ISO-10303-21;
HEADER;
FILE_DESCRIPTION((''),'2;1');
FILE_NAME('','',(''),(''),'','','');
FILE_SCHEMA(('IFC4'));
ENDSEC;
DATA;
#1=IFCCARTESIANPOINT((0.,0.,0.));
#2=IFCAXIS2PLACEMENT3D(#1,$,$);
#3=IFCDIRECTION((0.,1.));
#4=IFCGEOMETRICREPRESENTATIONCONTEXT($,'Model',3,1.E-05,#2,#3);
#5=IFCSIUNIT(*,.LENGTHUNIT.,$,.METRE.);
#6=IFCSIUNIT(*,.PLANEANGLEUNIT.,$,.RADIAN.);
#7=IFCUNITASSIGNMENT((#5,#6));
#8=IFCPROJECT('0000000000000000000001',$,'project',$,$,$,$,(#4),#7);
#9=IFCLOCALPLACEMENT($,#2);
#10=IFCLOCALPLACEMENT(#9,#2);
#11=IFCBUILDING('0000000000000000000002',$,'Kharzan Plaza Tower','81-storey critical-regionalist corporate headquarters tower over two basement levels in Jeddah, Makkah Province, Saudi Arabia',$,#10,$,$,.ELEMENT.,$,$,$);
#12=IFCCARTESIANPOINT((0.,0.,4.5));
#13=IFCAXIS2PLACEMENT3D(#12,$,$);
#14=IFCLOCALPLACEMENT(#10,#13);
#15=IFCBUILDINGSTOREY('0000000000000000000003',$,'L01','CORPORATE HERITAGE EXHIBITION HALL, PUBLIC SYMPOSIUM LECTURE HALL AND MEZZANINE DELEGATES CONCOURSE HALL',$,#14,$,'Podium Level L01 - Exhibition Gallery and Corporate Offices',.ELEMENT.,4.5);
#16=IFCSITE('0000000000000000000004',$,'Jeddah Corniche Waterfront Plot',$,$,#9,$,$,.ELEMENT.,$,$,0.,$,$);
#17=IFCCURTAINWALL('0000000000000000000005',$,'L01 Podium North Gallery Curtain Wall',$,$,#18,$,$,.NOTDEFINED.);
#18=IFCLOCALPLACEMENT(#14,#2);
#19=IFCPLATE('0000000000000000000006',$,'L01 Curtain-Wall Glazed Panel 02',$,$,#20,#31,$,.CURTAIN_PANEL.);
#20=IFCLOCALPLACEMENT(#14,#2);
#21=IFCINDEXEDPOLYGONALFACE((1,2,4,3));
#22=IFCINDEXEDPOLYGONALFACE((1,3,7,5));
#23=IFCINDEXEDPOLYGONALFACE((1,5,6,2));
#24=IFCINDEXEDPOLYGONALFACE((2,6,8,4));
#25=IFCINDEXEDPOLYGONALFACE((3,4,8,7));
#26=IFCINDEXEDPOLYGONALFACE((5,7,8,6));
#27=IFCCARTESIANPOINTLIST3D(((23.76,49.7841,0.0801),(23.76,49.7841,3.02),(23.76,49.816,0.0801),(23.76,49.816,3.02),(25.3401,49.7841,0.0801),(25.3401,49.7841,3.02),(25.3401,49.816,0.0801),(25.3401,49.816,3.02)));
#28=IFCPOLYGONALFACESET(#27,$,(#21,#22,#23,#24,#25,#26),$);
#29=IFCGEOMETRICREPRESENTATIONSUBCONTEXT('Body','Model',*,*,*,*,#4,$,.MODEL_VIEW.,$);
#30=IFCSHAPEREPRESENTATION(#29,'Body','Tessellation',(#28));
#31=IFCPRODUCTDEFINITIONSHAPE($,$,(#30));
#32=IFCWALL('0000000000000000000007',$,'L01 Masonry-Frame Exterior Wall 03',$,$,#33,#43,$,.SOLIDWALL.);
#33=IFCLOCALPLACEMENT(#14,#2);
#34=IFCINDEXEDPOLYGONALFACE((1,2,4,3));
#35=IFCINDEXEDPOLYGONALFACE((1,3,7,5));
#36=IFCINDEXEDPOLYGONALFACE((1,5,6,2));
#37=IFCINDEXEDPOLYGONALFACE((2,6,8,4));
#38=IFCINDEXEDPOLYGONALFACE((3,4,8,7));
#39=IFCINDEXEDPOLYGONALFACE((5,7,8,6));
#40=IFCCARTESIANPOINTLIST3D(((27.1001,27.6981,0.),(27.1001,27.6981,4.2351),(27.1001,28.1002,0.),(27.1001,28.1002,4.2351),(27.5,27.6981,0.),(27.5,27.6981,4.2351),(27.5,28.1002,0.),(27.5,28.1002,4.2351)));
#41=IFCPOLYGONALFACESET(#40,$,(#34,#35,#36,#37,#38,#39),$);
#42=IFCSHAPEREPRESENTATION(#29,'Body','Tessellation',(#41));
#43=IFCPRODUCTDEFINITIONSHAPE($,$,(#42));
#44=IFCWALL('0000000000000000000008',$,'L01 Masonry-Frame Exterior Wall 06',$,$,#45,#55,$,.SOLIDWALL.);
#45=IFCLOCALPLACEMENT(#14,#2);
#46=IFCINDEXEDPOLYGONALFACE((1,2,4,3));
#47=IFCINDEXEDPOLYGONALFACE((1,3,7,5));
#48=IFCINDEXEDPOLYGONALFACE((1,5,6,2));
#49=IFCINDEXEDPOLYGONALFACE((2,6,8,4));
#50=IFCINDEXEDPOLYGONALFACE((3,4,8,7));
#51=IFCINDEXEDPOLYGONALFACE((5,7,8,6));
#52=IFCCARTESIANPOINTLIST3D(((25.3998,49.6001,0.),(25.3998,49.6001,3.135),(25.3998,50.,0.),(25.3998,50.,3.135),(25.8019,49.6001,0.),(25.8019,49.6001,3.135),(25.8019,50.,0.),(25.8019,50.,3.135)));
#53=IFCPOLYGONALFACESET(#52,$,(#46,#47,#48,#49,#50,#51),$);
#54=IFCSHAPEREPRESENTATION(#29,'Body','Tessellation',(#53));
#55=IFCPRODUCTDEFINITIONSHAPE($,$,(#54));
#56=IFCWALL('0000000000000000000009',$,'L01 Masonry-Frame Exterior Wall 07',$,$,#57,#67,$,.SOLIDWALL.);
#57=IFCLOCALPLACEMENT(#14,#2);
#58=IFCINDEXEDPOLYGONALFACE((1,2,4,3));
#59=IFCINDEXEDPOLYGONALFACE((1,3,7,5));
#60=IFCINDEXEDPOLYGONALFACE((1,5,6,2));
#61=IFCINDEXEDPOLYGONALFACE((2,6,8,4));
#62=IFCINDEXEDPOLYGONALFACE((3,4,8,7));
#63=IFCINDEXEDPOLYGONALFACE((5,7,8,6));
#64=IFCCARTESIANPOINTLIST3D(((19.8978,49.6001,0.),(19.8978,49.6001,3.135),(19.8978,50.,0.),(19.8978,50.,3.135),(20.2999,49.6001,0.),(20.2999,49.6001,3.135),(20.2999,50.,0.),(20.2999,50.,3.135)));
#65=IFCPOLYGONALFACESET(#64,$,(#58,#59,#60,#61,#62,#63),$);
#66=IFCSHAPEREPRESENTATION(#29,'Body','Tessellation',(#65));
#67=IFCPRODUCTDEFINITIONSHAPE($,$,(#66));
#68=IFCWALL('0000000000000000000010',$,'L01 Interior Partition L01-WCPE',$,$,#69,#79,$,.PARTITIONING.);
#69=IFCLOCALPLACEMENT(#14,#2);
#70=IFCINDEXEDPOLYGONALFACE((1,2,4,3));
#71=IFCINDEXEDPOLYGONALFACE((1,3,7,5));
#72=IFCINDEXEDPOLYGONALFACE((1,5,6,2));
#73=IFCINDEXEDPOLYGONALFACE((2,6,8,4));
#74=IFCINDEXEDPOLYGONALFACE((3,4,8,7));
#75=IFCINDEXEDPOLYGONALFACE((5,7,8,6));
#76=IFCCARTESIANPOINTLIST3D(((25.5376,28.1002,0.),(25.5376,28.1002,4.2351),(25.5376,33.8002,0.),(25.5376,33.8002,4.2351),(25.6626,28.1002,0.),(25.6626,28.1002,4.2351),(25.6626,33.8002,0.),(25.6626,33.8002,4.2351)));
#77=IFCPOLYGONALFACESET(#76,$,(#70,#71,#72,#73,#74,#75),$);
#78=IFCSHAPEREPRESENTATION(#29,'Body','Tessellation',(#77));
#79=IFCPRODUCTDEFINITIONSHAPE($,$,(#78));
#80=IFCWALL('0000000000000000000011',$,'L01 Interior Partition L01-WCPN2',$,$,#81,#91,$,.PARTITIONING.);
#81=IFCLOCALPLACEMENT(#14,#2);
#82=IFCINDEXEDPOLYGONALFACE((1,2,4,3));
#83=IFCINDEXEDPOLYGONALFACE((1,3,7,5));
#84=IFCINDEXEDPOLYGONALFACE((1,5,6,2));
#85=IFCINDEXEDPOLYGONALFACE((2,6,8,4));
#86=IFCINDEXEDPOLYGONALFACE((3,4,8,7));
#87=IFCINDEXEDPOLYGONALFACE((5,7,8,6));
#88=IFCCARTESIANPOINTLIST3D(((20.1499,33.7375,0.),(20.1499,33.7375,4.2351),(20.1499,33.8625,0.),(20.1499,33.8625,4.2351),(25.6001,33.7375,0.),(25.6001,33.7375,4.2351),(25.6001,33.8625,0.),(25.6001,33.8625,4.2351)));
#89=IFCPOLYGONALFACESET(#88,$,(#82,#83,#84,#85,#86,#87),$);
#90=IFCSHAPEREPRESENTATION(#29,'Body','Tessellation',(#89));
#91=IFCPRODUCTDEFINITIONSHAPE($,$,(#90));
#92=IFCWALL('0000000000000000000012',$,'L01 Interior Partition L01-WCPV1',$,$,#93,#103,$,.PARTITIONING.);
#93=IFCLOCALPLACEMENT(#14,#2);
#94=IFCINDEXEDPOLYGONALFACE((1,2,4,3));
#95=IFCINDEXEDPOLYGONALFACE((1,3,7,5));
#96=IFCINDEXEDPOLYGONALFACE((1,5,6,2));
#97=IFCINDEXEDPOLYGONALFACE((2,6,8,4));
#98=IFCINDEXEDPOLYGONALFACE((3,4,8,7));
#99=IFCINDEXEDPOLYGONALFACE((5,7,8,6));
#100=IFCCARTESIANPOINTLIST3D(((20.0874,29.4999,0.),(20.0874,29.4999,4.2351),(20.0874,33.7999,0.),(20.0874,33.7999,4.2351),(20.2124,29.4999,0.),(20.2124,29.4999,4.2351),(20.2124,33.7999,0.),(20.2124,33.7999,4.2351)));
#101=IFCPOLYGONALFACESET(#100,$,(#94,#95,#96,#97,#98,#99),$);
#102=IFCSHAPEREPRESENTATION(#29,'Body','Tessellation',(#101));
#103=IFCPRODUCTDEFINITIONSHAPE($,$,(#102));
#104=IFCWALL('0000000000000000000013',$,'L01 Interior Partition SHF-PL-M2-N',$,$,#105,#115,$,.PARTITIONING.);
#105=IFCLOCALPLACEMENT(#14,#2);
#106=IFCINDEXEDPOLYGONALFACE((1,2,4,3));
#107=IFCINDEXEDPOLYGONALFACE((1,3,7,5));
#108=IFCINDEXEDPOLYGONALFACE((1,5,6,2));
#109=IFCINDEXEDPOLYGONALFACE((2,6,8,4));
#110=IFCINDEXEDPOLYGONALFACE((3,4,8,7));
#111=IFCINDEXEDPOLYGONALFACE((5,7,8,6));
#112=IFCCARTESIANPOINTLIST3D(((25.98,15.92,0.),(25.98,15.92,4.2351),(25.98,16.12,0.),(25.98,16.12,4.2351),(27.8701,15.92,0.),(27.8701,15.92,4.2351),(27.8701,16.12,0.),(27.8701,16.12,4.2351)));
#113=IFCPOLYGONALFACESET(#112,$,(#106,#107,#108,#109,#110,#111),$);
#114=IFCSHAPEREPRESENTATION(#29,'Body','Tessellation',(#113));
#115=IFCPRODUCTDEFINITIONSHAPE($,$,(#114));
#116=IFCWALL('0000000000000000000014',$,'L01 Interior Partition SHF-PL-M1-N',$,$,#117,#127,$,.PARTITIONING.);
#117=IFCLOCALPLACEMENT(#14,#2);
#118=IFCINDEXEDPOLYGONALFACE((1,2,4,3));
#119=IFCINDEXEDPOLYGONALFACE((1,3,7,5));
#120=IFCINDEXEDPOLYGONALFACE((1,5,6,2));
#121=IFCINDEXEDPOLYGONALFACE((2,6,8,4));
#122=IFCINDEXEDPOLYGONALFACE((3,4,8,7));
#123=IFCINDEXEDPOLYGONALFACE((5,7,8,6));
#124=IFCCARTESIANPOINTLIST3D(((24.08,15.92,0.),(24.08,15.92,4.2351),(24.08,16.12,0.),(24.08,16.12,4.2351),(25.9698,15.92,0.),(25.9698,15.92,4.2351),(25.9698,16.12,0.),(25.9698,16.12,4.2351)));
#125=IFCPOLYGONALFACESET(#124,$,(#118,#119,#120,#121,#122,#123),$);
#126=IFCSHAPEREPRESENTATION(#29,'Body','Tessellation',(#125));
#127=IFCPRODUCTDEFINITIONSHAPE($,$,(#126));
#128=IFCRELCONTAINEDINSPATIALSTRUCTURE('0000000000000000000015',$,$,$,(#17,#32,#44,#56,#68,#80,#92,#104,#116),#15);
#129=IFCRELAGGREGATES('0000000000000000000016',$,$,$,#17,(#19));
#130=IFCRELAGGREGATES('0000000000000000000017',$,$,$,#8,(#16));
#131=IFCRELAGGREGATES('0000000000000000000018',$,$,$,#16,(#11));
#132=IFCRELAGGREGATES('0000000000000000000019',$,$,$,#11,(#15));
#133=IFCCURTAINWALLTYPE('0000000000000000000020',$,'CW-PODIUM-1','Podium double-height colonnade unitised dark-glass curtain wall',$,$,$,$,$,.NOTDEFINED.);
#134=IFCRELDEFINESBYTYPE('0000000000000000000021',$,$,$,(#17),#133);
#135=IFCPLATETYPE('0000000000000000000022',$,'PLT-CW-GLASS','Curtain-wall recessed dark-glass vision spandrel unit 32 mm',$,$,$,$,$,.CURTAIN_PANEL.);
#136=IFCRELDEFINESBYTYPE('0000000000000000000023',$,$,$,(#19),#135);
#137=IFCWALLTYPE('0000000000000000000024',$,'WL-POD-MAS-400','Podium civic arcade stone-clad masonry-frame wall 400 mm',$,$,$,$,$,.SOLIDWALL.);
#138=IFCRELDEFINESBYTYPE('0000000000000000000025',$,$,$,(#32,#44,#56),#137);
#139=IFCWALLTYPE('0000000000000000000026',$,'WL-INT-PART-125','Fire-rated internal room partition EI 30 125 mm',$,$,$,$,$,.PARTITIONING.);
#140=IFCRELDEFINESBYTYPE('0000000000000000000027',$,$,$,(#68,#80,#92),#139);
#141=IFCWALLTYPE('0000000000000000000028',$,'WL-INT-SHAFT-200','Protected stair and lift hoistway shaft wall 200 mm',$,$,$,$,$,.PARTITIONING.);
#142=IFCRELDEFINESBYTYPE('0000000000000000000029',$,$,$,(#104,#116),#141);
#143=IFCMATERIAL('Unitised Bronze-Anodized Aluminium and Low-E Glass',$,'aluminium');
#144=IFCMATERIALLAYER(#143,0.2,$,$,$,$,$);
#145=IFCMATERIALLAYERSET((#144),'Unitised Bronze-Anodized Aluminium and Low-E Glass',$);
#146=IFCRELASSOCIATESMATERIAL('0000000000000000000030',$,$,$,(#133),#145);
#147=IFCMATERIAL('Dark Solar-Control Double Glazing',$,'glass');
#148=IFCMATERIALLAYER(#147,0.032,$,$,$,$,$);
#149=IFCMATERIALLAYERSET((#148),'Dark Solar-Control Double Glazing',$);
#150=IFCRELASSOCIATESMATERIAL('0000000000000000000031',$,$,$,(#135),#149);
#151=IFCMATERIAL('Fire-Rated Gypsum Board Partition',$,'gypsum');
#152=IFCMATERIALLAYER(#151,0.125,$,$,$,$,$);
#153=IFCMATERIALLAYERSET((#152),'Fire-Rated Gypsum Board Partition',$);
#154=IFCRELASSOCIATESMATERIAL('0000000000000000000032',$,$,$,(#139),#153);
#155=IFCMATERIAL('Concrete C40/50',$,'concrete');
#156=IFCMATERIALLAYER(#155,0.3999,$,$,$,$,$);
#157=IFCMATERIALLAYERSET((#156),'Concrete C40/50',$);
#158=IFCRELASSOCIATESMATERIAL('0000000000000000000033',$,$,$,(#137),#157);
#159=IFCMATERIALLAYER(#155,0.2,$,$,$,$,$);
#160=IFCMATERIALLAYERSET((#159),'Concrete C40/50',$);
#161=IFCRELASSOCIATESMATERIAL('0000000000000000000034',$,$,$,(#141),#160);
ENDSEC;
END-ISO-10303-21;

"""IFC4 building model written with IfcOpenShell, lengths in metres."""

from ifc_helpers import new_model, si_unit, direction, frame, frame_2d, origin, origin_2d, place, context, subcontext, project, spatial, rectangle, extrude, source, transform, mapped, material, layer, layer_set, type_object, element, aggregate, save


model = new_model("IFC4")

# Units and contexts
model_context = context("Model", 3, precision=1e-05, world=origin(), true_north=direction((0.0, 1.0)))
body_context = subcontext(model_context, "Body", "Model", "MODEL_VIEW")
ifc_project = project(units=[si_unit("LENGTHUNIT", "METRE"), si_unit("PLANEANGLEUNIT", "RADIAN")], contexts=[model_context])

# Site, building, storey
site_placement = place(None, origin())
site = spatial("IfcSite", under=ifc_project, at=site_placement, Name="Jeddah Corniche Waterfront Plot", CompositionType="ELEMENT", RefElevation=0.0)
building_placement = place(site_placement, origin())
building = spatial("IfcBuilding", under=site, at=building_placement, Name="Kharzan Plaza Tower", Description="81-storey critical-regionalist corporate headquarters tower over two basement levels in Jeddah, Makkah Province, Saudi Arabia", CompositionType="ELEMENT")
storey_placement = place(building_placement, frame((0.0, 0.0, 4.5)))
storey = spatial("IfcBuildingStorey", under=building, at=storey_placement, Name="L01", Description="CORPORATE HERITAGE EXHIBITION HALL, PUBLIC SYMPOSIUM LECTURE HALL AND MEZZANINE DELEGATES CONCOURSE HALL", LongName="Podium Level L01 - Exhibition Gallery and Corporate Offices", CompositionType="ELEMENT", Elevation=4.5)

# Shared definitions
ifc_material_1 = material(Name="Unitised Bronze-Anodized Aluminium and Low-E Glass", Category="aluminium")

# Curtain wall
ifc_layer_1 = layer(ifc_material_1, 0.2)
ifc_layer_set_1 = layer_set([ifc_layer_1], Name="Unitised Bronze-Anodized Aluminium and Low-E Glass")
curtain_wall_type_1 = type_object("IfcCurtainWallType", Name="CW-PODIUM-1", Description="Podium double-height colonnade unitised dark-glass curtain wall", PredefinedType="NOTDEFINED", material=ifc_layer_set_1)
curtain_wall_1_placement = place(storey_placement, origin())
curtain_wall_1 = element("IfcCurtainWall", 1, at=curtain_wall_1_placement, inside=storey, type_object=curtain_wall_type_1, Name="L01 Podium North Gallery Curtain Wall", PredefinedType="NOTDEFINED")

# Plate
ifc_material_2 = material(Name="Dark Solar-Control Double Glazing", Category="glass")
ifc_layer_2 = layer(ifc_material_2, 0.032)
ifc_layer_set_2 = layer_set([ifc_layer_2], Name="Dark Solar-Control Double Glazing")
plate_type = type_object("IfcPlateType", Name="PLT-CW-GLASS", Description="Curtain-wall recessed dark-glass vision spandrel unit 32 mm", PredefinedType="CURTAIN_PANEL", material=ifc_layer_set_2)
shared_shape_1 = source(origin(), body_context, "Body", "SweptSolid", [
    extrude(rectangle(XDim=1.5801, YDim=0.032, at=origin_2d()), origin(), (0.0, 0.0, 1.0), 2.9399),
])
plate_1_placement = place(storey_placement, frame((24.55, 49.8, 0.0801), z_axis=(0.0, 0.0, 1.0), x_axis=(1.0, 0.0, 0.0)))
plate_1 = element("IfcPlate", 2, at=plate_1_placement, type_object=plate_type, Name="L01 Curtain-Wall Glazed Panel 02", PredefinedType="CURTAIN_PANEL", context=body_context, shape_type="MappedRepresentation", body=[
    mapped(shared_shape_1, transform((0.0, 0.0, 0.0), x_axis=(1.0, 0.0, 0.0), y_axis=(0.0, 1.0, 0.0), z_axis=(0.0, 0.0, 1.0))),
])
aggregate(curtain_wall_1, [plate_1])

# Shared definitions
ifc_material_3 = material(Name="Fire-Rated Gypsum Board Partition", Category="gypsum")
ifc_layer_3 = layer(ifc_material_3, 0.125)
ifc_layer_set_3 = layer_set([ifc_layer_3], Name="Fire-Rated Gypsum Board Partition")
wall_type_1 = type_object("IfcWallType", Name="WL-INT-PART-125", Description="Fire-rated internal room partition EI 30 125 mm", PredefinedType="PARTITIONING", material=ifc_layer_set_3)

# Walls
ifc_material_4 = material(Name="Concrete C40/50", Category="concrete")
ifc_layer_4 = layer(ifc_material_4, 0.3999)
ifc_layer_set_4 = layer_set([ifc_layer_4], Name="Concrete C40/50")
wall_type_2 = type_object("IfcWallType", Name="WL-POD-MAS-400", Description="Podium civic arcade stone-clad masonry-frame wall 400 mm", PredefinedType="SOLIDWALL", material=ifc_layer_set_4)
shared_shape_2 = source(origin(), body_context, "Body", "SweptSolid", [
    extrude(rectangle(XDim=0.4021, YDim=0.3999, at=frame_2d((0.2012, 0.0))), origin(), (0.0, 0.0, 1.0), 4.2351),
])
wall_1_placement = place(storey_placement, frame((27.3, 27.698, 0.0), z_axis=(0.0, 0.0, 1.0), x_axis=(0.0, 1.0, 0.0)))
element("IfcWall", 3, at=wall_1_placement, inside=storey, type_object=wall_type_2, Name="L01 Masonry-Frame Exterior Wall 03", PredefinedType="SOLIDWALL", context=body_context, shape_type="MappedRepresentation", body=[
    mapped(shared_shape_2, transform((0.0, 0.0, 0.0), x_axis=(1.0, 0.0, 0.0), y_axis=(0.0, 1.0, 0.0), z_axis=(0.0, 0.0, 1.0))),
])
shared_shape_3 = source(origin(), body_context, "Body", "SweptSolid", [
    extrude(rectangle(XDim=0.4021, YDim=0.3999, at=frame_2d((0.2012, 0.0))), origin(), (0.0, 0.0, 1.0), 3.135),
])
for number, where, z_axis, x_axis, name in (
    (4, (25.802, 49.8, 0.0), (0.0, 0.0, 1.0), (-1.0, 0.0, 0.0), "L01 Masonry-Frame Exterior Wall 06"),
    (5, (20.3, 49.8, 0.0), (0.0, 0.0, 1.0), (-1.0, 0.0, 0.0), "L01 Masonry-Frame Exterior Wall 07"),
):
    element("IfcWall", number, at=place(storey_placement, frame(where, z_axis=z_axis, x_axis=x_axis)), inside=storey, type_object=wall_type_2, Name=name, PredefinedType="SOLIDWALL", context=body_context, shape_type="MappedRepresentation", body=[
        mapped(shared_shape_3, transform((0.0, 0.0, 0.0), x_axis=(1.0, 0.0, 0.0), y_axis=(0.0, 1.0, 0.0), z_axis=(0.0, 0.0, 1.0))),
    ])
shared_shape_4 = source(origin(), body_context, "Body", "SweptSolid", [
    extrude(rectangle(XDim=5.7, YDim=0.125, at=frame_2d((2.8501, 0.0))), origin(), (0.0, 0.0, 1.0), 4.2351),
])
wall_2_placement = place(storey_placement, frame((25.6001, 28.1001, 0.0), z_axis=(0.0, 0.0, 1.0), x_axis=(0.0, 1.0, 0.0)))
element("IfcWall", 6, at=wall_2_placement, inside=storey, type_object=wall_type_1, Name="L01 Interior Partition L01-WCPE", PredefinedType="PARTITIONING", context=body_context, shape_type="MappedRepresentation", body=[
    mapped(shared_shape_4, transform((0.0, 0.0, 0.0), x_axis=(1.0, 0.0, 0.0), y_axis=(0.0, 1.0, 0.0), z_axis=(0.0, 0.0, 1.0))),
])
shared_shape_5 = source(origin(), body_context, "Body", "SweptSolid", [
    extrude(rectangle(XDim=5.4502, YDim=0.125, at=frame_2d((2.7251, 0.0))), origin(), (0.0, 0.0, 1.0), 4.2351),
])
wall_3_placement = place(storey_placement, frame((20.1499, 33.8, 0.0), z_axis=(0.0, 0.0, 1.0), x_axis=(1.0, 0.0, 0.0)))
element("IfcWall", 7, at=wall_3_placement, inside=storey, type_object=wall_type_1, Name="L01 Interior Partition L01-WCPN2", PredefinedType="PARTITIONING", context=body_context, shape_type="MappedRepresentation", body=[
    mapped(shared_shape_5, transform((0.0, 0.0, 0.0), x_axis=(1.0, 0.0, 0.0), y_axis=(0.0, 1.0, 0.0), z_axis=(0.0, 0.0, 1.0))),
])
shared_shape_6 = source(origin(), body_context, "Body", "SweptSolid", [
    extrude(rectangle(XDim=4.3, YDim=0.125, at=frame_2d((2.1499, 0.0))), origin(), (0.0, 0.0, 1.0), 4.2351),
])
wall_4_placement = place(storey_placement, frame((20.1499, 29.5, 0.0), z_axis=(0.0, 0.0, 1.0), x_axis=(0.0, 1.0, 0.0)))
element("IfcWall", 8, at=wall_4_placement, inside=storey, type_object=wall_type_1, Name="L01 Interior Partition L01-WCPV1", PredefinedType="PARTITIONING", context=body_context, shape_type="MappedRepresentation", body=[
    mapped(shared_shape_6, transform((0.0, 0.0, 0.0), x_axis=(1.0, 0.0, 0.0), y_axis=(0.0, 1.0, 0.0), z_axis=(0.0, 0.0, 1.0))),
])
ifc_layer_5 = layer(ifc_material_4, 0.2)
ifc_layer_set_5 = layer_set([ifc_layer_5], Name="Concrete C40/50")
wall_type_3 = type_object("IfcWallType", Name="WL-INT-SHAFT-200", Description="Protected stair and lift hoistway shaft wall 200 mm", PredefinedType="PARTITIONING", material=ifc_layer_set_5)
shared_shape_7 = source(origin(), body_context, "Body", "SweptSolid", [
    extrude(rectangle(XDim=1.8901, YDim=0.2, at=frame_2d((0.9451, 0.0))), origin(), (0.0, 0.0, 1.0), 4.2351),
])
wall_5_placement = place(storey_placement, frame((25.98, 16.02, 0.0), z_axis=(0.0, 0.0, 1.0), x_axis=(1.0, 0.0, 0.0)))
element("IfcWall", 9, at=wall_5_placement, inside=storey, type_object=wall_type_3, Name="L01 Interior Partition SHF-PL-M2-N", PredefinedType="PARTITIONING", context=body_context, shape_type="MappedRepresentation", body=[
    mapped(shared_shape_7, transform((0.0, 0.0, 0.0), x_axis=(1.0, 0.0, 0.0), y_axis=(0.0, 1.0, 0.0), z_axis=(0.0, 0.0, 1.0))),
])
shared_shape_8 = source(origin(), body_context, "Body", "SweptSolid", [
    extrude(rectangle(XDim=1.8899, YDim=0.2, at=frame_2d((0.9448, 0.0))), origin(), (0.0, 0.0, 1.0), 4.2351),
])
wall_6_placement = place(storey_placement, frame((24.0801, 16.02, 0.0), z_axis=(0.0, 0.0, 1.0), x_axis=(1.0, 0.0, 0.0)))
element("IfcWall", 10, at=wall_6_placement, inside=storey, type_object=wall_type_3, Name="L01 Interior Partition SHF-PL-M1-N", PredefinedType="PARTITIONING", context=body_context, shape_type="MappedRepresentation", body=[
    mapped(shared_shape_8, transform((0.0, 0.0, 0.0), x_axis=(1.0, 0.0, 0.0), y_axis=(0.0, 1.0, 0.0), z_axis=(0.0, 0.0, 1.0))),
])

save(model, "model.ifc")
